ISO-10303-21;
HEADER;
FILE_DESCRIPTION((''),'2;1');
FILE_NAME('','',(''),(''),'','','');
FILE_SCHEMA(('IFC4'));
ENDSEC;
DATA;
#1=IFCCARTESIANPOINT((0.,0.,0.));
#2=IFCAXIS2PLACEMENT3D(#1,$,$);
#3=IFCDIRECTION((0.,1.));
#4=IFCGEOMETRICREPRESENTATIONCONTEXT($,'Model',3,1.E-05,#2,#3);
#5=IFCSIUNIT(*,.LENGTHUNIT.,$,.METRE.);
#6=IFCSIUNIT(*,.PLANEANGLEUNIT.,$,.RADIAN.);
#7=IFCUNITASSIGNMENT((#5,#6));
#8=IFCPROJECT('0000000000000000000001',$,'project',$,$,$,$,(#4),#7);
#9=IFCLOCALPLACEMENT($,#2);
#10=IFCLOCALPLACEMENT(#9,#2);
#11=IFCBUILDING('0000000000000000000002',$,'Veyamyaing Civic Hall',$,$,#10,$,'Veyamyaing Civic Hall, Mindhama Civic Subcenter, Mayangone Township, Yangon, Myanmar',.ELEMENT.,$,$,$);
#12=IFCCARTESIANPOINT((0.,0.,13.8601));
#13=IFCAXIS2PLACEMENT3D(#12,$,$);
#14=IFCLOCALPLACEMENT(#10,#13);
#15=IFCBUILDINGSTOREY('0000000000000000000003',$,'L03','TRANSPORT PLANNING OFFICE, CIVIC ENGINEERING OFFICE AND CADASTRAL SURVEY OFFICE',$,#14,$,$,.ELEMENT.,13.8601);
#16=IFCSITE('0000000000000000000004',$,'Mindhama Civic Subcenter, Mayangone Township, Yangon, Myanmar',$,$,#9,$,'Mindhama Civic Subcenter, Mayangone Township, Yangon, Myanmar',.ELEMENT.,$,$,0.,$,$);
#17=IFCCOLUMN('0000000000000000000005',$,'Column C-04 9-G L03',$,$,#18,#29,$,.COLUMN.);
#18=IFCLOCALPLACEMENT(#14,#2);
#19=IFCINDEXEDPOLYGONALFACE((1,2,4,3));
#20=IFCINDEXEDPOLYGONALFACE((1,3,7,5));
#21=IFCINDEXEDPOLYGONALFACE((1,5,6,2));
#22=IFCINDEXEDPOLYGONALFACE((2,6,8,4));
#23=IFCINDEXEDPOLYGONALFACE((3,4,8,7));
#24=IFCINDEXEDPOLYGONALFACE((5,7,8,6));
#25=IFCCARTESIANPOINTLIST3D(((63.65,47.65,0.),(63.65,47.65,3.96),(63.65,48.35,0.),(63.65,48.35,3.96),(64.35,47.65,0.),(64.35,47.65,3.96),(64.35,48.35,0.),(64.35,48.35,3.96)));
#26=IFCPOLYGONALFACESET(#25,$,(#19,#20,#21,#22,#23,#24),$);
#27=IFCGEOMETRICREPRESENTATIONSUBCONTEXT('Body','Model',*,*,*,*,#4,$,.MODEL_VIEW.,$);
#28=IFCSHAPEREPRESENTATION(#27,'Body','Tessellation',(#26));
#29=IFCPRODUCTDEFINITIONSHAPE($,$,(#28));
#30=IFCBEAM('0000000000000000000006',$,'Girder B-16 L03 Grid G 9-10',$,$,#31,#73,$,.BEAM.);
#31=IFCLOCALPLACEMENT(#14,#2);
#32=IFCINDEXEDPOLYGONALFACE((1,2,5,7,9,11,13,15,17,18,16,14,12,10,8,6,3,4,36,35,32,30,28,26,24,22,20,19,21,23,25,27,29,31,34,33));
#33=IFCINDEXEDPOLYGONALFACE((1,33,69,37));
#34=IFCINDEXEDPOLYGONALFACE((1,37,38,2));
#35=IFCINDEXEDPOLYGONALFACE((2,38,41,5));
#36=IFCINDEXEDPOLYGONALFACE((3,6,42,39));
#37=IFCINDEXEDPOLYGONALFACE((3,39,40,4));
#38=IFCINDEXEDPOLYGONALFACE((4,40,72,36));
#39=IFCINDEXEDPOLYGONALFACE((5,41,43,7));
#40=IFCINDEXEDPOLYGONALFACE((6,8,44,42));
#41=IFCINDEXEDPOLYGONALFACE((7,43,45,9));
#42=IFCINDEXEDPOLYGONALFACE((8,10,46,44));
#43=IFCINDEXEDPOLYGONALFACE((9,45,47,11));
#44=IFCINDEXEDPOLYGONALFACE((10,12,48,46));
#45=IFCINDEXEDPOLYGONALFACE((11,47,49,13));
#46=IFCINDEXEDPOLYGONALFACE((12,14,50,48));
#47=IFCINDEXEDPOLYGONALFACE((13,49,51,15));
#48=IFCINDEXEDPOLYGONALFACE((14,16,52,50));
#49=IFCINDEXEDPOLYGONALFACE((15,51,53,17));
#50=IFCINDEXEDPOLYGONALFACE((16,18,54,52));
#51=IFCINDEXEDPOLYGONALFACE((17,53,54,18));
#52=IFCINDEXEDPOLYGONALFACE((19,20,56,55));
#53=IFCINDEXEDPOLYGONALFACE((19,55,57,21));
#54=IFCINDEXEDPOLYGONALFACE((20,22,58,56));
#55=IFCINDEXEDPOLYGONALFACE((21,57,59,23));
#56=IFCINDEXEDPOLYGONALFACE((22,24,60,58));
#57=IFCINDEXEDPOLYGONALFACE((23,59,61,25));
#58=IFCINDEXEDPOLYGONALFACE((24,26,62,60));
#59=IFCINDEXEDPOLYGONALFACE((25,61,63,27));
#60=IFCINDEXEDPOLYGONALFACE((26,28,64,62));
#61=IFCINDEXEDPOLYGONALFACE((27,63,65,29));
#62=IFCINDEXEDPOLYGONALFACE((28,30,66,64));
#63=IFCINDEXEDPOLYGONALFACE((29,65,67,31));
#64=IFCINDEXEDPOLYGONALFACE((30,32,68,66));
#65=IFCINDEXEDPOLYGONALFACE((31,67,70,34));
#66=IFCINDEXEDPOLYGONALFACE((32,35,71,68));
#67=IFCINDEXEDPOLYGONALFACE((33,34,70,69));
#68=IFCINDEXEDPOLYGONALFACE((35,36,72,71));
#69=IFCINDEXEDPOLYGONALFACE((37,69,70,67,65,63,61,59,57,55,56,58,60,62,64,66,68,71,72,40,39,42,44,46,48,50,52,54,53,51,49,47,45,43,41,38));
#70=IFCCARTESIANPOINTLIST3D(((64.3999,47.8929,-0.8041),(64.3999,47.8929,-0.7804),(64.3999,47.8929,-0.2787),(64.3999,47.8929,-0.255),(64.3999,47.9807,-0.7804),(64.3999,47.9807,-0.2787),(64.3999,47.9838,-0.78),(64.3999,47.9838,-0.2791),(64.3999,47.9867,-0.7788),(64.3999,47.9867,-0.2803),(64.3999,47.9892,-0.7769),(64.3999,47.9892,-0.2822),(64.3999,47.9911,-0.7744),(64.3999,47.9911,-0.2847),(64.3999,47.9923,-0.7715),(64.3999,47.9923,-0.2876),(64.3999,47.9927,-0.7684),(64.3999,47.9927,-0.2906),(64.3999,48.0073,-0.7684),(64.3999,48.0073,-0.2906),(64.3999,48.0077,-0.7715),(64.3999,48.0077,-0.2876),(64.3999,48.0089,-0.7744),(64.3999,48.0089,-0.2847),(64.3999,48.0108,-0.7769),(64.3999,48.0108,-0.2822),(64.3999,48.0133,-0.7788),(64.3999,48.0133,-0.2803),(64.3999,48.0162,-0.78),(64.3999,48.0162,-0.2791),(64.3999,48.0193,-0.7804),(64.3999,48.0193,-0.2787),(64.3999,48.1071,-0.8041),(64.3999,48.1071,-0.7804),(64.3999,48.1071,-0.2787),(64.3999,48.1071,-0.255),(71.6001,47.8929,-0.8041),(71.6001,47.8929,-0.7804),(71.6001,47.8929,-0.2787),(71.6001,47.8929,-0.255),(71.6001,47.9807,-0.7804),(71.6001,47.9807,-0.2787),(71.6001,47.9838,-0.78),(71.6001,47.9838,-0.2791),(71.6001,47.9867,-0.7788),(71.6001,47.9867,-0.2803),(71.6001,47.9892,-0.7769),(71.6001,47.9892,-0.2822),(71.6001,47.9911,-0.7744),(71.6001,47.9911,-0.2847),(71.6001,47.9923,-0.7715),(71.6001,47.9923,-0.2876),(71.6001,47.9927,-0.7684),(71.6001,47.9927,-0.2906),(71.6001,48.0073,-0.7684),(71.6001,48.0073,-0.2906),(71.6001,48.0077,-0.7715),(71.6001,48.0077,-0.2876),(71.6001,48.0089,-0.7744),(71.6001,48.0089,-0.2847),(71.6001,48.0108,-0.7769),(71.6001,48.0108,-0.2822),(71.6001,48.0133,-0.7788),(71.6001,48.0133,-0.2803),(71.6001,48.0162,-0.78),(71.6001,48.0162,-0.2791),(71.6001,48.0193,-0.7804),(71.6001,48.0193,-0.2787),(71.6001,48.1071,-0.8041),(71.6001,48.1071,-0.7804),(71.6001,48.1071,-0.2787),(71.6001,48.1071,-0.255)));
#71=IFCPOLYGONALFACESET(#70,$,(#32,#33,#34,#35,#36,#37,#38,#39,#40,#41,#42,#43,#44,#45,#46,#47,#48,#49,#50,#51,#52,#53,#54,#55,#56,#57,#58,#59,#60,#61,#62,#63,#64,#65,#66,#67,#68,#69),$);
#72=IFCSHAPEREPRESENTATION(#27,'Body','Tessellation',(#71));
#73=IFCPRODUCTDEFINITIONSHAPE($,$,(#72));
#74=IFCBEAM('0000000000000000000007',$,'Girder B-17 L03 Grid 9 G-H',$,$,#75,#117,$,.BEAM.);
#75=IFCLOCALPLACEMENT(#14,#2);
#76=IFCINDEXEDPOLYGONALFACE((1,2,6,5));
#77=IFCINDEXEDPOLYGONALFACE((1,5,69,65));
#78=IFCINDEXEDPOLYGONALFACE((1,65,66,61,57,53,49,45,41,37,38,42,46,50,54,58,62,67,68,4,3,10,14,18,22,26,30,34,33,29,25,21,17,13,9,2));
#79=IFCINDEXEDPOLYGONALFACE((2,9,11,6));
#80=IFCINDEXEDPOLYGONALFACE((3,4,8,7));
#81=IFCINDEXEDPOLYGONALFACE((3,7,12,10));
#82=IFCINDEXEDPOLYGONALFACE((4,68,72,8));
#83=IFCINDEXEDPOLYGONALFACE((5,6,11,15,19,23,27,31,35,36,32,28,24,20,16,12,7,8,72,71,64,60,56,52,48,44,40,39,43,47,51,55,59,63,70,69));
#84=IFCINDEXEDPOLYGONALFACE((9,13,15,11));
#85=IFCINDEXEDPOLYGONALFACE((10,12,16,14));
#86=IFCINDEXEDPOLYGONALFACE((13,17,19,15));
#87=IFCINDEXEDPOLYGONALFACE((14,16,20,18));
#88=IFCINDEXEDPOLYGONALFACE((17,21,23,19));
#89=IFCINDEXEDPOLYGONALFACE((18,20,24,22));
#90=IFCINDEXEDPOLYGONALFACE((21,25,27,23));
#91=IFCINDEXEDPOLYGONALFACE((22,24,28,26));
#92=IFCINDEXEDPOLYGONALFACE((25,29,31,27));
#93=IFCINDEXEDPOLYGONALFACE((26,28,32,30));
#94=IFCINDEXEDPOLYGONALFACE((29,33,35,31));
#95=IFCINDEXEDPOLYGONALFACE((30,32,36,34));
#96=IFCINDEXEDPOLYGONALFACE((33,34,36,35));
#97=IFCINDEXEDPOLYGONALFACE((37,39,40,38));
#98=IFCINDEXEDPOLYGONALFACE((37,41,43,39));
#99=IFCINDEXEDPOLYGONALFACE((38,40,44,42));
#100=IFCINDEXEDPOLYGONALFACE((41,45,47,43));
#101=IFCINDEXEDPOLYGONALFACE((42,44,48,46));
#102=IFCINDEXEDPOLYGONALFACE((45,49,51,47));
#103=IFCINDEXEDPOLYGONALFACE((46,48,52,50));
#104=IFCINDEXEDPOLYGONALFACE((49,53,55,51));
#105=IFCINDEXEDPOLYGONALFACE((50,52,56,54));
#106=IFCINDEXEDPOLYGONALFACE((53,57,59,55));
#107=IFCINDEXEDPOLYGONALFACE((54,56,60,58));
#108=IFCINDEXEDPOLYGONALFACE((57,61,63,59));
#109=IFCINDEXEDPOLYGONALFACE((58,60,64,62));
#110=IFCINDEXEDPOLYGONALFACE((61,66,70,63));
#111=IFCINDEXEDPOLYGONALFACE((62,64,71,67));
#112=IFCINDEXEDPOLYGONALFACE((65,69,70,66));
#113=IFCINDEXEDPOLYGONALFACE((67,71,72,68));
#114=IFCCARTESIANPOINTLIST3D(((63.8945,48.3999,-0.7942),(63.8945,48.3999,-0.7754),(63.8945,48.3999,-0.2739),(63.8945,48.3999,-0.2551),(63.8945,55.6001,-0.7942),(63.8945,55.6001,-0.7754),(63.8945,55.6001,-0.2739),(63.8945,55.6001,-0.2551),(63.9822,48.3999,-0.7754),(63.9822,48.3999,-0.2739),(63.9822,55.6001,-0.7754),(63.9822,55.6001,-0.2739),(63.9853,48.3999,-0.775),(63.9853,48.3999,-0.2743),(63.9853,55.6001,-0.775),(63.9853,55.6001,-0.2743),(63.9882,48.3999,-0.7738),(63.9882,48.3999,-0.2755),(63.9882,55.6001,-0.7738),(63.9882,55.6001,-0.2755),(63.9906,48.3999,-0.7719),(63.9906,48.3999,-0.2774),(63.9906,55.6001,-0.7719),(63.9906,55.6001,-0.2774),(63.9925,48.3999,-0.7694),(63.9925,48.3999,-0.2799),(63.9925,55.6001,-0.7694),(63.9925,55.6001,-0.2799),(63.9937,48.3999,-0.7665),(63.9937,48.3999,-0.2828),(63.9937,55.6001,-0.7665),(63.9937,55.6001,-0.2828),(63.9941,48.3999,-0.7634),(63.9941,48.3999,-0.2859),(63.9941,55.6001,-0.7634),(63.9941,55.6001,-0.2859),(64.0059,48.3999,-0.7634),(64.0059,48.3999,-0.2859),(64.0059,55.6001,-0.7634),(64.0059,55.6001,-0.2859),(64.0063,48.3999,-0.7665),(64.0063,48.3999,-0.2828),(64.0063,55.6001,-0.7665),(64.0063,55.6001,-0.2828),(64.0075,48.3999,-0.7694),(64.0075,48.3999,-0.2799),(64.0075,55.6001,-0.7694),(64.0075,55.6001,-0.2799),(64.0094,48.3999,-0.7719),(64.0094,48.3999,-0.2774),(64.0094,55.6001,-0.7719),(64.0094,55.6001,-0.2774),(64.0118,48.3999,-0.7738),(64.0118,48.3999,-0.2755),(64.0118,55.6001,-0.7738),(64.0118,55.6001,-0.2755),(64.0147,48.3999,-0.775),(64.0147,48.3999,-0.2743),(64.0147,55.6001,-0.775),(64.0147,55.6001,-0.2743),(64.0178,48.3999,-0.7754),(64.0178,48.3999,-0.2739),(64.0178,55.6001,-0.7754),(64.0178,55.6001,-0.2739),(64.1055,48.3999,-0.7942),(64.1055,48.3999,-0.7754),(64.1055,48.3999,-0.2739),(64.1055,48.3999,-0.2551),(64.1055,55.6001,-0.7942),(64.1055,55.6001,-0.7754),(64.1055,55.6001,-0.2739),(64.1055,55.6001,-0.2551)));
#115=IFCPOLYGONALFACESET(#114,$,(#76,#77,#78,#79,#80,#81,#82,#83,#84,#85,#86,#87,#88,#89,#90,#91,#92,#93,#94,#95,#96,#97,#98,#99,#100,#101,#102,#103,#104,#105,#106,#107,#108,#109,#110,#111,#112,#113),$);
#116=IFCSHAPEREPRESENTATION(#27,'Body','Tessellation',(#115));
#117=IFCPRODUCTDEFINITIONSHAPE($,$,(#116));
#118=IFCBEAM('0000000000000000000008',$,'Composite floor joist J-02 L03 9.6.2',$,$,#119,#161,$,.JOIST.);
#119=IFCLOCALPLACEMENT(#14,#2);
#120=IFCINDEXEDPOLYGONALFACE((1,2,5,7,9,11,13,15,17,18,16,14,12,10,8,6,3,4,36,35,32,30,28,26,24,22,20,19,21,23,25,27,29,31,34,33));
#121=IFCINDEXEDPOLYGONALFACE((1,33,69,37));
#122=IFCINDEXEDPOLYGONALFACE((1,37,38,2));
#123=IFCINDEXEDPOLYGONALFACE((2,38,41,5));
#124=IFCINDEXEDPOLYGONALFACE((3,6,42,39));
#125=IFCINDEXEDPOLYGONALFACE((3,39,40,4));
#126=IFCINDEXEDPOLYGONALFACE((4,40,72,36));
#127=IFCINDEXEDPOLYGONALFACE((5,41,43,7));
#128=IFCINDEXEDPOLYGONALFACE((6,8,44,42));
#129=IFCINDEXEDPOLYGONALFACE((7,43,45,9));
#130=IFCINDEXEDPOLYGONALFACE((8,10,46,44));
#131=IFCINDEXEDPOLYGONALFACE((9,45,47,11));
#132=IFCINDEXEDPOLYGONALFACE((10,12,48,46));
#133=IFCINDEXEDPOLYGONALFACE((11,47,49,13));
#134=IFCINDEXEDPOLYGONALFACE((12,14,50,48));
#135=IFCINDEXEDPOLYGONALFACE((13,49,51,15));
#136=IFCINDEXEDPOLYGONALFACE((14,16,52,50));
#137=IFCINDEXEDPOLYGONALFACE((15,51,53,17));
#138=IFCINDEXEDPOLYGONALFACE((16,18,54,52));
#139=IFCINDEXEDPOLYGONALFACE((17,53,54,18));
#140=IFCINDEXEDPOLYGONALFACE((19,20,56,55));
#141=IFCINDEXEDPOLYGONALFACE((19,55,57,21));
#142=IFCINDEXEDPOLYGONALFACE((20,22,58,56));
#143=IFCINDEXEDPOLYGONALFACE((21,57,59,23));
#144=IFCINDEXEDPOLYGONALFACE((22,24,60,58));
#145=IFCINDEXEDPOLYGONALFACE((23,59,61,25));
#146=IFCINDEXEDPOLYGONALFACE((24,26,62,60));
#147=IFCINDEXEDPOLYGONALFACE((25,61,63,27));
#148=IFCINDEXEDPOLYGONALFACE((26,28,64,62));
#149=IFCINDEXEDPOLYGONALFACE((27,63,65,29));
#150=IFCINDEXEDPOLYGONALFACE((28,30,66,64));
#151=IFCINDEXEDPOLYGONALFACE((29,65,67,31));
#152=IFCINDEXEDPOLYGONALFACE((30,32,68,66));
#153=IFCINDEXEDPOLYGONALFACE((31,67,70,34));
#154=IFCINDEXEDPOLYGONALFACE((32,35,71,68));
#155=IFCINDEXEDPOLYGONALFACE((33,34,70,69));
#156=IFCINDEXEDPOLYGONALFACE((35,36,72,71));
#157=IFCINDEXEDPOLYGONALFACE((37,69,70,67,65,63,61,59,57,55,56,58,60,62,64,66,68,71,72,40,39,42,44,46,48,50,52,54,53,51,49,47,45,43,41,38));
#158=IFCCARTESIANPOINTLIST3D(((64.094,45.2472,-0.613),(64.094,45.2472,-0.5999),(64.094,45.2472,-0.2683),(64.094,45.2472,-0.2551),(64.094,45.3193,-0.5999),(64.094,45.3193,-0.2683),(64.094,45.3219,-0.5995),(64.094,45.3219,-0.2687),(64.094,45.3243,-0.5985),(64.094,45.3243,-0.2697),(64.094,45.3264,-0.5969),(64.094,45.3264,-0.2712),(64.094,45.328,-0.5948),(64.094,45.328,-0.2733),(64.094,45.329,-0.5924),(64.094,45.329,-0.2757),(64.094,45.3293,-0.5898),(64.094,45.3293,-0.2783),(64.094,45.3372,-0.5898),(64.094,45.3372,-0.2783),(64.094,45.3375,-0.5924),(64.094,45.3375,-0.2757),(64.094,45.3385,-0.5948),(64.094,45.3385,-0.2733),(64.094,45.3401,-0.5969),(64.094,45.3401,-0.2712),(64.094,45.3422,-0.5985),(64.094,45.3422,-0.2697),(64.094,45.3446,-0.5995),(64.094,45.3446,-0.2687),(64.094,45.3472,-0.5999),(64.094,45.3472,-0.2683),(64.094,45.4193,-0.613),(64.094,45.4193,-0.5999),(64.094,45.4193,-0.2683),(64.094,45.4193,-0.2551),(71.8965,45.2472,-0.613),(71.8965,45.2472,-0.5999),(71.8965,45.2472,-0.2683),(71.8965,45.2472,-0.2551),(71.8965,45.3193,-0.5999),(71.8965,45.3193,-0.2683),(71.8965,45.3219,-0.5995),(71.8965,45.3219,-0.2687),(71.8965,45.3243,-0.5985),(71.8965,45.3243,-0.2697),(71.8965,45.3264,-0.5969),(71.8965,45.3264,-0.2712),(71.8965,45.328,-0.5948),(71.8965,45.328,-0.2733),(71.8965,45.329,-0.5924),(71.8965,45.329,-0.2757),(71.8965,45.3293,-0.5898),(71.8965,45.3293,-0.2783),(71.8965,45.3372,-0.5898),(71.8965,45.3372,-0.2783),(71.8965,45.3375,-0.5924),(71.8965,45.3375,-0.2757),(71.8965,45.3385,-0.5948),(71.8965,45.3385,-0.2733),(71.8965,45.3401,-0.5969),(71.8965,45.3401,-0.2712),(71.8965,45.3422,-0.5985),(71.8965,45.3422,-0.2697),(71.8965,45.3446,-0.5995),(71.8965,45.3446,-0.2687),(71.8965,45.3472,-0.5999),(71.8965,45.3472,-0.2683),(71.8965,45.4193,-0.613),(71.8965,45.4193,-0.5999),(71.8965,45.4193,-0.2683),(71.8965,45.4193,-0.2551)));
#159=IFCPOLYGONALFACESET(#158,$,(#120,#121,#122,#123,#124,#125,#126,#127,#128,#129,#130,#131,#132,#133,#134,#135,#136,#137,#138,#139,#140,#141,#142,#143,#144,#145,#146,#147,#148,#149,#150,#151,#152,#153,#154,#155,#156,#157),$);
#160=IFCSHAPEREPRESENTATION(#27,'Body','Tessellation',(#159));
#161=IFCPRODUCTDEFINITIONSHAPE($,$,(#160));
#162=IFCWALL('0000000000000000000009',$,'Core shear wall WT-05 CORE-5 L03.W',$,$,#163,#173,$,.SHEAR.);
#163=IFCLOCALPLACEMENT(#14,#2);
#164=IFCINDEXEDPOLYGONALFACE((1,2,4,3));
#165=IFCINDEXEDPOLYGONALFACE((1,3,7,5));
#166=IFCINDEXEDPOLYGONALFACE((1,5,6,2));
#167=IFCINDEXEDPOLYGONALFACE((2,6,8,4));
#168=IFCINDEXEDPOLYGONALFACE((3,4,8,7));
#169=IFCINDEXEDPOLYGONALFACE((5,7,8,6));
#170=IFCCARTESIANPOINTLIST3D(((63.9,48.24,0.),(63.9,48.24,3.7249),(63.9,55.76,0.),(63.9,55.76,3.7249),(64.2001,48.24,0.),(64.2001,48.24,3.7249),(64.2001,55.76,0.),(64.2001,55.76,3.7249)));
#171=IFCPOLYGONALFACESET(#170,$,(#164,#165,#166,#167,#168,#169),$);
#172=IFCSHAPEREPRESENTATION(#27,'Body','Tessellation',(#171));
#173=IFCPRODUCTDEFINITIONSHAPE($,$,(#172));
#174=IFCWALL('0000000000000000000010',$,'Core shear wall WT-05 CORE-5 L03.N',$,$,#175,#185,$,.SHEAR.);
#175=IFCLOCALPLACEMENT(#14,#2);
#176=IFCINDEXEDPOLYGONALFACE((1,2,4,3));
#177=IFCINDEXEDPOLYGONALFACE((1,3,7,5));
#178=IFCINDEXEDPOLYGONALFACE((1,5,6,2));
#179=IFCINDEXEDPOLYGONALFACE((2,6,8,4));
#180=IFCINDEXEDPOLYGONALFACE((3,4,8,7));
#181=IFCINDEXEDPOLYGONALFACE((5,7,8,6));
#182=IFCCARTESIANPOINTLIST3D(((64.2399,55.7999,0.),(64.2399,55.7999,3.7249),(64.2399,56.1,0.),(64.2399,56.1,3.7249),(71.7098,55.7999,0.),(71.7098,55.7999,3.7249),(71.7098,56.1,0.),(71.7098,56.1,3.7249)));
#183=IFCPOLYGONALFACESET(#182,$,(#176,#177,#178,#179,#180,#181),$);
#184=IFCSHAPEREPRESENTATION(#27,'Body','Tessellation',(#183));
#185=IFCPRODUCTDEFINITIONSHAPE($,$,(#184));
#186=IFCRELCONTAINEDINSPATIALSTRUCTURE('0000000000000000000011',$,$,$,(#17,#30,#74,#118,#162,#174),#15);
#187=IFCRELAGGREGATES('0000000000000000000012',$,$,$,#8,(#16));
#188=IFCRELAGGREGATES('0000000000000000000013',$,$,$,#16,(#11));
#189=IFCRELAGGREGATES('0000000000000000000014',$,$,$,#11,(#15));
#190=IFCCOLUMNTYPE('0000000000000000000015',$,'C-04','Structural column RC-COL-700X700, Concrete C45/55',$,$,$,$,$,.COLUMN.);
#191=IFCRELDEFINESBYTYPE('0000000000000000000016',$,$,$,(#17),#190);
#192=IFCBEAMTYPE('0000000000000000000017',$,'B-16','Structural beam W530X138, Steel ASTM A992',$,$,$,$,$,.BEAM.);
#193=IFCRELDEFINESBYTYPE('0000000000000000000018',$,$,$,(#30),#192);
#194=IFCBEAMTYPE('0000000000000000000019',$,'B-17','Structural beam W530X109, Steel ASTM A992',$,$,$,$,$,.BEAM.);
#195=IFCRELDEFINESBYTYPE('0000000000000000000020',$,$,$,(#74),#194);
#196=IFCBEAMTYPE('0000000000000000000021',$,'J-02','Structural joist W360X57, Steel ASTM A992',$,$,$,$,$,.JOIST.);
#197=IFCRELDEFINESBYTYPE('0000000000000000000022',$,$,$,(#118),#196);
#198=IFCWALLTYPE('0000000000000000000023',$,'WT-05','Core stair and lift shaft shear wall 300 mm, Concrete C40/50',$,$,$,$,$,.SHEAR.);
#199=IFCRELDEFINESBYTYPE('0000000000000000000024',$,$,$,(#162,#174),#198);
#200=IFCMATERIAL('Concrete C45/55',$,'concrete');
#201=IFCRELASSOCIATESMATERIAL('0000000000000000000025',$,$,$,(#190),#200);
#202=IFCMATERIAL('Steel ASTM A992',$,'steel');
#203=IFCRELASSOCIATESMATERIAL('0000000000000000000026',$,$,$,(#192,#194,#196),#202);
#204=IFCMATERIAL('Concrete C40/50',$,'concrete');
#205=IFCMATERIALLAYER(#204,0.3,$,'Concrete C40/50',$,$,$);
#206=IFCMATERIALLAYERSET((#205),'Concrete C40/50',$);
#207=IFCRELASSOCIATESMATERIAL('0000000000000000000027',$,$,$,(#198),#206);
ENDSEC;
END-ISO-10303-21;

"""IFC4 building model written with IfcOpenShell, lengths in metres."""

from ifc_helpers import new_model, si_unit, direction, frame, frame_2d, origin, origin_2d, place, context, subcontext, project, spatial, rectangle, i_section, extrude, material, layer, layer_set, material_profile, profile_set, type_object, element, save


model = new_model("IFC4")

# Units and contexts
model_context = context("Model", 3, precision=1e-05, world=origin(), true_north=direction((0.0, 1.0)))
body_context = subcontext(model_context, "Body", "Model", "MODEL_VIEW")
ifc_project = project(units=[si_unit("LENGTHUNIT", "METRE"), si_unit("PLANEANGLEUNIT", "RADIAN")], contexts=[model_context])

# Site, building, storey
site_placement = place(None, origin())
site = spatial("IfcSite", under=ifc_project, at=site_placement, Name="Mindhama Civic Subcenter, Mayangone Township, Yangon, Myanmar", LongName="Mindhama Civic Subcenter, Mayangone Township, Yangon, Myanmar", CompositionType="ELEMENT", RefElevation=0.0)
building_placement = place(site_placement, origin())
building = spatial("IfcBuilding", under=site, at=building_placement, Name="Veyamyaing Civic Hall", LongName="Veyamyaing Civic Hall, Mindhama Civic Subcenter, Mayangone Township, Yangon, Myanmar", CompositionType="ELEMENT")
storey_placement = place(building_placement, frame((0.0, 0.0, 13.8601)))
storey = spatial("IfcBuildingStorey", under=building, at=storey_placement, Name="L03", Description="TRANSPORT PLANNING OFFICE, CIVIC ENGINEERING OFFICE AND CADASTRAL SURVEY OFFICE", CompositionType="ELEMENT", Elevation=13.8601)

# Column
ifc_material_1 = material(Name="Concrete C45/55", Category="concrete")
ifc_material_profile_1 = material_profile(ifc_material_1, rectangle(XDim=0.7, YDim=0.7, at=origin_2d()), Name="RC-COL-700X700")
ifc_profile_set_1 = profile_set([ifc_material_profile_1], Name="Concrete C45/55")
column_type = type_object("IfcColumnType", Name="C-04", Description="Structural column RC-COL-700X700, Concrete C45/55", PredefinedType="COLUMN", material=ifc_profile_set_1)
column_placement = place(storey_placement, frame((64.0, 48.0, 0.0), z_axis=(0.0, 0.0, 1.0), x_axis=(1.0, 0.0, 0.0)))
element("IfcColumn", 1, at=column_placement, inside=storey, type_object=column_type, Name="Column C-04 9-G L03", PredefinedType="COLUMN", context=body_context, shape_type="SweptSolid", body=[
    extrude(rectangle(XDim=0.7, YDim=0.7, at=origin_2d()), origin(), (0.0, 0.0, 1.0), 3.96),
])

# Beams
ifc_material_2 = material(Name="Steel ASTM A992", Category="steel")
ifc_material_profile_2 = material_profile(ifc_material_2, i_section(OverallWidth=0.2141, OverallDepth=0.5491, WebThickness=0.0146, FlangeThickness=0.0237, FilletRadius=0.012, at=origin_2d()), Name="W530X138")
ifc_profile_set_2 = profile_set([ifc_material_profile_2], Name="Steel ASTM A992")
beam_type_1 = type_object("IfcBeamType", Name="B-16", Description="Structural beam W530X138, Steel ASTM A992", PredefinedType="BEAM", material=ifc_profile_set_2)
beam_1_placement = place(storey_placement, frame((64.3999, 48.0, -0.5295), z_axis=(1.0, 0.0, 0.0), x_axis=(0.0, 1.0, 0.0)))
element("IfcBeam", 2, at=beam_1_placement, inside=storey, type_object=beam_type_1, Name="Girder B-16 L03 Grid G 9-10", PredefinedType="BEAM", context=body_context, shape_type="SweptSolid", body=[
    extrude(i_section(OverallWidth=0.2141, OverallDepth=0.5491, WebThickness=0.0146, FlangeThickness=0.0237, FilletRadius=0.012, at=origin_2d()), origin(), (0.0, 0.0, 1.0), 7.2002),
])
ifc_material_profile_3 = material_profile(ifc_material_2, i_section(OverallWidth=0.2109, OverallDepth=0.5391, WebThickness=0.0117, FlangeThickness=0.0188, FilletRadius=0.012, at=origin_2d()), Name="W530X109")
ifc_profile_set_3 = profile_set([ifc_material_profile_3], Name="Steel ASTM A992")
beam_type_2 = type_object("IfcBeamType", Name="B-17", Description="Structural beam W530X109, Steel ASTM A992", PredefinedType="BEAM", material=ifc_profile_set_3)
beam_2_placement = place(storey_placement, frame((64.0, 48.3999, -0.5247), z_axis=(0.0, 1.0, 0.0), x_axis=(-1.0, 0.0, 0.0)))
element("IfcBeam", 3, at=beam_2_placement, inside=storey, type_object=beam_type_2, Name="Girder B-17 L03 Grid 9 G-H", PredefinedType="BEAM", context=body_context, shape_type="SweptSolid", body=[
    extrude(i_section(OverallWidth=0.2109, OverallDepth=0.5391, WebThickness=0.0117, FlangeThickness=0.0188, FilletRadius=0.012, at=origin_2d()), origin(), (0.0, 0.0, 1.0), 7.2002),
])
ifc_material_profile_4 = material_profile(ifc_material_2, i_section(OverallWidth=0.1721, OverallDepth=0.3579, WebThickness=0.0078, FlangeThickness=0.0132, FilletRadius=0.01, at=origin_2d()), Name="W360X57")
ifc_profile_set_4 = profile_set([ifc_material_profile_4], Name="Steel ASTM A992")
beam_type_3 = type_object("IfcBeamType", Name="J-02", Description="Structural joist W360X57, Steel ASTM A992", PredefinedType="JOIST", material=ifc_profile_set_4)
beam_3_placement = place(storey_placement, frame((64.094, 45.3333, -0.4341), z_axis=(1.0, 0.0, 0.0), x_axis=(0.0, 1.0, 0.0)))
element("IfcBeam", 4, at=beam_3_placement, inside=storey, type_object=beam_type_3, Name="Composite floor joist J-02 L03 9.6.2", PredefinedType="JOIST", context=body_context, shape_type="SweptSolid", body=[
    extrude(i_section(OverallWidth=0.1721, OverallDepth=0.3579, WebThickness=0.0078, FlangeThickness=0.0132, FilletRadius=0.01, at=origin_2d()), origin(), (0.0, 0.0, 1.0), 7.8025),
])

# Walls
ifc_material_3 = material(Name="Concrete C40/50", Category="concrete")
ifc_layer_1 = layer(ifc_material_3, 0.3, Name="Concrete C40/50")
ifc_layer_set_1 = layer_set([ifc_layer_1], Name="Concrete C40/50")
wall_type_1 = type_object("IfcWallType", Name="WT-05", Description="Core stair and lift shaft shear wall 300 mm, Concrete C40/50", PredefinedType="SHEAR", material=ifc_layer_set_1)
wall_1_placement = place(storey_placement, frame((64.05, 48.24, 0.0), z_axis=(0.0, 0.0, 1.0), x_axis=(0.0, 1.0, 0.0)))
element("IfcWall", 5, at=wall_1_placement, inside=storey, type_object=wall_type_1, Name="Core shear wall WT-05 CORE-5 L03.W", PredefinedType="SHEAR", context=body_context, shape_type="SweptSolid", body=[
    extrude(rectangle(XDim=7.52, YDim=0.3, at=frame_2d((3.76, 0.0))), origin(), (0.0, 0.0, 1.0), 3.7249),
])
wall_2_placement = place(storey_placement, frame((64.24, 55.95, 0.0), z_axis=(0.0, 0.0, 1.0), x_axis=(1.0, 0.0, 0.0)))
element("IfcWall", 6, at=wall_2_placement, inside=storey, type_object=wall_type_1, Name="Core shear wall WT-05 CORE-5 L03.N", PredefinedType="SHEAR", context=body_context, shape_type="SweptSolid", body=[
    extrude(rectangle(XDim=7.47, YDim=0.3, at=frame_2d((3.7349, 0.0))), origin(), (0.0, 0.0, 1.0), 3.7249),
])

save(model, "model.ifc")
